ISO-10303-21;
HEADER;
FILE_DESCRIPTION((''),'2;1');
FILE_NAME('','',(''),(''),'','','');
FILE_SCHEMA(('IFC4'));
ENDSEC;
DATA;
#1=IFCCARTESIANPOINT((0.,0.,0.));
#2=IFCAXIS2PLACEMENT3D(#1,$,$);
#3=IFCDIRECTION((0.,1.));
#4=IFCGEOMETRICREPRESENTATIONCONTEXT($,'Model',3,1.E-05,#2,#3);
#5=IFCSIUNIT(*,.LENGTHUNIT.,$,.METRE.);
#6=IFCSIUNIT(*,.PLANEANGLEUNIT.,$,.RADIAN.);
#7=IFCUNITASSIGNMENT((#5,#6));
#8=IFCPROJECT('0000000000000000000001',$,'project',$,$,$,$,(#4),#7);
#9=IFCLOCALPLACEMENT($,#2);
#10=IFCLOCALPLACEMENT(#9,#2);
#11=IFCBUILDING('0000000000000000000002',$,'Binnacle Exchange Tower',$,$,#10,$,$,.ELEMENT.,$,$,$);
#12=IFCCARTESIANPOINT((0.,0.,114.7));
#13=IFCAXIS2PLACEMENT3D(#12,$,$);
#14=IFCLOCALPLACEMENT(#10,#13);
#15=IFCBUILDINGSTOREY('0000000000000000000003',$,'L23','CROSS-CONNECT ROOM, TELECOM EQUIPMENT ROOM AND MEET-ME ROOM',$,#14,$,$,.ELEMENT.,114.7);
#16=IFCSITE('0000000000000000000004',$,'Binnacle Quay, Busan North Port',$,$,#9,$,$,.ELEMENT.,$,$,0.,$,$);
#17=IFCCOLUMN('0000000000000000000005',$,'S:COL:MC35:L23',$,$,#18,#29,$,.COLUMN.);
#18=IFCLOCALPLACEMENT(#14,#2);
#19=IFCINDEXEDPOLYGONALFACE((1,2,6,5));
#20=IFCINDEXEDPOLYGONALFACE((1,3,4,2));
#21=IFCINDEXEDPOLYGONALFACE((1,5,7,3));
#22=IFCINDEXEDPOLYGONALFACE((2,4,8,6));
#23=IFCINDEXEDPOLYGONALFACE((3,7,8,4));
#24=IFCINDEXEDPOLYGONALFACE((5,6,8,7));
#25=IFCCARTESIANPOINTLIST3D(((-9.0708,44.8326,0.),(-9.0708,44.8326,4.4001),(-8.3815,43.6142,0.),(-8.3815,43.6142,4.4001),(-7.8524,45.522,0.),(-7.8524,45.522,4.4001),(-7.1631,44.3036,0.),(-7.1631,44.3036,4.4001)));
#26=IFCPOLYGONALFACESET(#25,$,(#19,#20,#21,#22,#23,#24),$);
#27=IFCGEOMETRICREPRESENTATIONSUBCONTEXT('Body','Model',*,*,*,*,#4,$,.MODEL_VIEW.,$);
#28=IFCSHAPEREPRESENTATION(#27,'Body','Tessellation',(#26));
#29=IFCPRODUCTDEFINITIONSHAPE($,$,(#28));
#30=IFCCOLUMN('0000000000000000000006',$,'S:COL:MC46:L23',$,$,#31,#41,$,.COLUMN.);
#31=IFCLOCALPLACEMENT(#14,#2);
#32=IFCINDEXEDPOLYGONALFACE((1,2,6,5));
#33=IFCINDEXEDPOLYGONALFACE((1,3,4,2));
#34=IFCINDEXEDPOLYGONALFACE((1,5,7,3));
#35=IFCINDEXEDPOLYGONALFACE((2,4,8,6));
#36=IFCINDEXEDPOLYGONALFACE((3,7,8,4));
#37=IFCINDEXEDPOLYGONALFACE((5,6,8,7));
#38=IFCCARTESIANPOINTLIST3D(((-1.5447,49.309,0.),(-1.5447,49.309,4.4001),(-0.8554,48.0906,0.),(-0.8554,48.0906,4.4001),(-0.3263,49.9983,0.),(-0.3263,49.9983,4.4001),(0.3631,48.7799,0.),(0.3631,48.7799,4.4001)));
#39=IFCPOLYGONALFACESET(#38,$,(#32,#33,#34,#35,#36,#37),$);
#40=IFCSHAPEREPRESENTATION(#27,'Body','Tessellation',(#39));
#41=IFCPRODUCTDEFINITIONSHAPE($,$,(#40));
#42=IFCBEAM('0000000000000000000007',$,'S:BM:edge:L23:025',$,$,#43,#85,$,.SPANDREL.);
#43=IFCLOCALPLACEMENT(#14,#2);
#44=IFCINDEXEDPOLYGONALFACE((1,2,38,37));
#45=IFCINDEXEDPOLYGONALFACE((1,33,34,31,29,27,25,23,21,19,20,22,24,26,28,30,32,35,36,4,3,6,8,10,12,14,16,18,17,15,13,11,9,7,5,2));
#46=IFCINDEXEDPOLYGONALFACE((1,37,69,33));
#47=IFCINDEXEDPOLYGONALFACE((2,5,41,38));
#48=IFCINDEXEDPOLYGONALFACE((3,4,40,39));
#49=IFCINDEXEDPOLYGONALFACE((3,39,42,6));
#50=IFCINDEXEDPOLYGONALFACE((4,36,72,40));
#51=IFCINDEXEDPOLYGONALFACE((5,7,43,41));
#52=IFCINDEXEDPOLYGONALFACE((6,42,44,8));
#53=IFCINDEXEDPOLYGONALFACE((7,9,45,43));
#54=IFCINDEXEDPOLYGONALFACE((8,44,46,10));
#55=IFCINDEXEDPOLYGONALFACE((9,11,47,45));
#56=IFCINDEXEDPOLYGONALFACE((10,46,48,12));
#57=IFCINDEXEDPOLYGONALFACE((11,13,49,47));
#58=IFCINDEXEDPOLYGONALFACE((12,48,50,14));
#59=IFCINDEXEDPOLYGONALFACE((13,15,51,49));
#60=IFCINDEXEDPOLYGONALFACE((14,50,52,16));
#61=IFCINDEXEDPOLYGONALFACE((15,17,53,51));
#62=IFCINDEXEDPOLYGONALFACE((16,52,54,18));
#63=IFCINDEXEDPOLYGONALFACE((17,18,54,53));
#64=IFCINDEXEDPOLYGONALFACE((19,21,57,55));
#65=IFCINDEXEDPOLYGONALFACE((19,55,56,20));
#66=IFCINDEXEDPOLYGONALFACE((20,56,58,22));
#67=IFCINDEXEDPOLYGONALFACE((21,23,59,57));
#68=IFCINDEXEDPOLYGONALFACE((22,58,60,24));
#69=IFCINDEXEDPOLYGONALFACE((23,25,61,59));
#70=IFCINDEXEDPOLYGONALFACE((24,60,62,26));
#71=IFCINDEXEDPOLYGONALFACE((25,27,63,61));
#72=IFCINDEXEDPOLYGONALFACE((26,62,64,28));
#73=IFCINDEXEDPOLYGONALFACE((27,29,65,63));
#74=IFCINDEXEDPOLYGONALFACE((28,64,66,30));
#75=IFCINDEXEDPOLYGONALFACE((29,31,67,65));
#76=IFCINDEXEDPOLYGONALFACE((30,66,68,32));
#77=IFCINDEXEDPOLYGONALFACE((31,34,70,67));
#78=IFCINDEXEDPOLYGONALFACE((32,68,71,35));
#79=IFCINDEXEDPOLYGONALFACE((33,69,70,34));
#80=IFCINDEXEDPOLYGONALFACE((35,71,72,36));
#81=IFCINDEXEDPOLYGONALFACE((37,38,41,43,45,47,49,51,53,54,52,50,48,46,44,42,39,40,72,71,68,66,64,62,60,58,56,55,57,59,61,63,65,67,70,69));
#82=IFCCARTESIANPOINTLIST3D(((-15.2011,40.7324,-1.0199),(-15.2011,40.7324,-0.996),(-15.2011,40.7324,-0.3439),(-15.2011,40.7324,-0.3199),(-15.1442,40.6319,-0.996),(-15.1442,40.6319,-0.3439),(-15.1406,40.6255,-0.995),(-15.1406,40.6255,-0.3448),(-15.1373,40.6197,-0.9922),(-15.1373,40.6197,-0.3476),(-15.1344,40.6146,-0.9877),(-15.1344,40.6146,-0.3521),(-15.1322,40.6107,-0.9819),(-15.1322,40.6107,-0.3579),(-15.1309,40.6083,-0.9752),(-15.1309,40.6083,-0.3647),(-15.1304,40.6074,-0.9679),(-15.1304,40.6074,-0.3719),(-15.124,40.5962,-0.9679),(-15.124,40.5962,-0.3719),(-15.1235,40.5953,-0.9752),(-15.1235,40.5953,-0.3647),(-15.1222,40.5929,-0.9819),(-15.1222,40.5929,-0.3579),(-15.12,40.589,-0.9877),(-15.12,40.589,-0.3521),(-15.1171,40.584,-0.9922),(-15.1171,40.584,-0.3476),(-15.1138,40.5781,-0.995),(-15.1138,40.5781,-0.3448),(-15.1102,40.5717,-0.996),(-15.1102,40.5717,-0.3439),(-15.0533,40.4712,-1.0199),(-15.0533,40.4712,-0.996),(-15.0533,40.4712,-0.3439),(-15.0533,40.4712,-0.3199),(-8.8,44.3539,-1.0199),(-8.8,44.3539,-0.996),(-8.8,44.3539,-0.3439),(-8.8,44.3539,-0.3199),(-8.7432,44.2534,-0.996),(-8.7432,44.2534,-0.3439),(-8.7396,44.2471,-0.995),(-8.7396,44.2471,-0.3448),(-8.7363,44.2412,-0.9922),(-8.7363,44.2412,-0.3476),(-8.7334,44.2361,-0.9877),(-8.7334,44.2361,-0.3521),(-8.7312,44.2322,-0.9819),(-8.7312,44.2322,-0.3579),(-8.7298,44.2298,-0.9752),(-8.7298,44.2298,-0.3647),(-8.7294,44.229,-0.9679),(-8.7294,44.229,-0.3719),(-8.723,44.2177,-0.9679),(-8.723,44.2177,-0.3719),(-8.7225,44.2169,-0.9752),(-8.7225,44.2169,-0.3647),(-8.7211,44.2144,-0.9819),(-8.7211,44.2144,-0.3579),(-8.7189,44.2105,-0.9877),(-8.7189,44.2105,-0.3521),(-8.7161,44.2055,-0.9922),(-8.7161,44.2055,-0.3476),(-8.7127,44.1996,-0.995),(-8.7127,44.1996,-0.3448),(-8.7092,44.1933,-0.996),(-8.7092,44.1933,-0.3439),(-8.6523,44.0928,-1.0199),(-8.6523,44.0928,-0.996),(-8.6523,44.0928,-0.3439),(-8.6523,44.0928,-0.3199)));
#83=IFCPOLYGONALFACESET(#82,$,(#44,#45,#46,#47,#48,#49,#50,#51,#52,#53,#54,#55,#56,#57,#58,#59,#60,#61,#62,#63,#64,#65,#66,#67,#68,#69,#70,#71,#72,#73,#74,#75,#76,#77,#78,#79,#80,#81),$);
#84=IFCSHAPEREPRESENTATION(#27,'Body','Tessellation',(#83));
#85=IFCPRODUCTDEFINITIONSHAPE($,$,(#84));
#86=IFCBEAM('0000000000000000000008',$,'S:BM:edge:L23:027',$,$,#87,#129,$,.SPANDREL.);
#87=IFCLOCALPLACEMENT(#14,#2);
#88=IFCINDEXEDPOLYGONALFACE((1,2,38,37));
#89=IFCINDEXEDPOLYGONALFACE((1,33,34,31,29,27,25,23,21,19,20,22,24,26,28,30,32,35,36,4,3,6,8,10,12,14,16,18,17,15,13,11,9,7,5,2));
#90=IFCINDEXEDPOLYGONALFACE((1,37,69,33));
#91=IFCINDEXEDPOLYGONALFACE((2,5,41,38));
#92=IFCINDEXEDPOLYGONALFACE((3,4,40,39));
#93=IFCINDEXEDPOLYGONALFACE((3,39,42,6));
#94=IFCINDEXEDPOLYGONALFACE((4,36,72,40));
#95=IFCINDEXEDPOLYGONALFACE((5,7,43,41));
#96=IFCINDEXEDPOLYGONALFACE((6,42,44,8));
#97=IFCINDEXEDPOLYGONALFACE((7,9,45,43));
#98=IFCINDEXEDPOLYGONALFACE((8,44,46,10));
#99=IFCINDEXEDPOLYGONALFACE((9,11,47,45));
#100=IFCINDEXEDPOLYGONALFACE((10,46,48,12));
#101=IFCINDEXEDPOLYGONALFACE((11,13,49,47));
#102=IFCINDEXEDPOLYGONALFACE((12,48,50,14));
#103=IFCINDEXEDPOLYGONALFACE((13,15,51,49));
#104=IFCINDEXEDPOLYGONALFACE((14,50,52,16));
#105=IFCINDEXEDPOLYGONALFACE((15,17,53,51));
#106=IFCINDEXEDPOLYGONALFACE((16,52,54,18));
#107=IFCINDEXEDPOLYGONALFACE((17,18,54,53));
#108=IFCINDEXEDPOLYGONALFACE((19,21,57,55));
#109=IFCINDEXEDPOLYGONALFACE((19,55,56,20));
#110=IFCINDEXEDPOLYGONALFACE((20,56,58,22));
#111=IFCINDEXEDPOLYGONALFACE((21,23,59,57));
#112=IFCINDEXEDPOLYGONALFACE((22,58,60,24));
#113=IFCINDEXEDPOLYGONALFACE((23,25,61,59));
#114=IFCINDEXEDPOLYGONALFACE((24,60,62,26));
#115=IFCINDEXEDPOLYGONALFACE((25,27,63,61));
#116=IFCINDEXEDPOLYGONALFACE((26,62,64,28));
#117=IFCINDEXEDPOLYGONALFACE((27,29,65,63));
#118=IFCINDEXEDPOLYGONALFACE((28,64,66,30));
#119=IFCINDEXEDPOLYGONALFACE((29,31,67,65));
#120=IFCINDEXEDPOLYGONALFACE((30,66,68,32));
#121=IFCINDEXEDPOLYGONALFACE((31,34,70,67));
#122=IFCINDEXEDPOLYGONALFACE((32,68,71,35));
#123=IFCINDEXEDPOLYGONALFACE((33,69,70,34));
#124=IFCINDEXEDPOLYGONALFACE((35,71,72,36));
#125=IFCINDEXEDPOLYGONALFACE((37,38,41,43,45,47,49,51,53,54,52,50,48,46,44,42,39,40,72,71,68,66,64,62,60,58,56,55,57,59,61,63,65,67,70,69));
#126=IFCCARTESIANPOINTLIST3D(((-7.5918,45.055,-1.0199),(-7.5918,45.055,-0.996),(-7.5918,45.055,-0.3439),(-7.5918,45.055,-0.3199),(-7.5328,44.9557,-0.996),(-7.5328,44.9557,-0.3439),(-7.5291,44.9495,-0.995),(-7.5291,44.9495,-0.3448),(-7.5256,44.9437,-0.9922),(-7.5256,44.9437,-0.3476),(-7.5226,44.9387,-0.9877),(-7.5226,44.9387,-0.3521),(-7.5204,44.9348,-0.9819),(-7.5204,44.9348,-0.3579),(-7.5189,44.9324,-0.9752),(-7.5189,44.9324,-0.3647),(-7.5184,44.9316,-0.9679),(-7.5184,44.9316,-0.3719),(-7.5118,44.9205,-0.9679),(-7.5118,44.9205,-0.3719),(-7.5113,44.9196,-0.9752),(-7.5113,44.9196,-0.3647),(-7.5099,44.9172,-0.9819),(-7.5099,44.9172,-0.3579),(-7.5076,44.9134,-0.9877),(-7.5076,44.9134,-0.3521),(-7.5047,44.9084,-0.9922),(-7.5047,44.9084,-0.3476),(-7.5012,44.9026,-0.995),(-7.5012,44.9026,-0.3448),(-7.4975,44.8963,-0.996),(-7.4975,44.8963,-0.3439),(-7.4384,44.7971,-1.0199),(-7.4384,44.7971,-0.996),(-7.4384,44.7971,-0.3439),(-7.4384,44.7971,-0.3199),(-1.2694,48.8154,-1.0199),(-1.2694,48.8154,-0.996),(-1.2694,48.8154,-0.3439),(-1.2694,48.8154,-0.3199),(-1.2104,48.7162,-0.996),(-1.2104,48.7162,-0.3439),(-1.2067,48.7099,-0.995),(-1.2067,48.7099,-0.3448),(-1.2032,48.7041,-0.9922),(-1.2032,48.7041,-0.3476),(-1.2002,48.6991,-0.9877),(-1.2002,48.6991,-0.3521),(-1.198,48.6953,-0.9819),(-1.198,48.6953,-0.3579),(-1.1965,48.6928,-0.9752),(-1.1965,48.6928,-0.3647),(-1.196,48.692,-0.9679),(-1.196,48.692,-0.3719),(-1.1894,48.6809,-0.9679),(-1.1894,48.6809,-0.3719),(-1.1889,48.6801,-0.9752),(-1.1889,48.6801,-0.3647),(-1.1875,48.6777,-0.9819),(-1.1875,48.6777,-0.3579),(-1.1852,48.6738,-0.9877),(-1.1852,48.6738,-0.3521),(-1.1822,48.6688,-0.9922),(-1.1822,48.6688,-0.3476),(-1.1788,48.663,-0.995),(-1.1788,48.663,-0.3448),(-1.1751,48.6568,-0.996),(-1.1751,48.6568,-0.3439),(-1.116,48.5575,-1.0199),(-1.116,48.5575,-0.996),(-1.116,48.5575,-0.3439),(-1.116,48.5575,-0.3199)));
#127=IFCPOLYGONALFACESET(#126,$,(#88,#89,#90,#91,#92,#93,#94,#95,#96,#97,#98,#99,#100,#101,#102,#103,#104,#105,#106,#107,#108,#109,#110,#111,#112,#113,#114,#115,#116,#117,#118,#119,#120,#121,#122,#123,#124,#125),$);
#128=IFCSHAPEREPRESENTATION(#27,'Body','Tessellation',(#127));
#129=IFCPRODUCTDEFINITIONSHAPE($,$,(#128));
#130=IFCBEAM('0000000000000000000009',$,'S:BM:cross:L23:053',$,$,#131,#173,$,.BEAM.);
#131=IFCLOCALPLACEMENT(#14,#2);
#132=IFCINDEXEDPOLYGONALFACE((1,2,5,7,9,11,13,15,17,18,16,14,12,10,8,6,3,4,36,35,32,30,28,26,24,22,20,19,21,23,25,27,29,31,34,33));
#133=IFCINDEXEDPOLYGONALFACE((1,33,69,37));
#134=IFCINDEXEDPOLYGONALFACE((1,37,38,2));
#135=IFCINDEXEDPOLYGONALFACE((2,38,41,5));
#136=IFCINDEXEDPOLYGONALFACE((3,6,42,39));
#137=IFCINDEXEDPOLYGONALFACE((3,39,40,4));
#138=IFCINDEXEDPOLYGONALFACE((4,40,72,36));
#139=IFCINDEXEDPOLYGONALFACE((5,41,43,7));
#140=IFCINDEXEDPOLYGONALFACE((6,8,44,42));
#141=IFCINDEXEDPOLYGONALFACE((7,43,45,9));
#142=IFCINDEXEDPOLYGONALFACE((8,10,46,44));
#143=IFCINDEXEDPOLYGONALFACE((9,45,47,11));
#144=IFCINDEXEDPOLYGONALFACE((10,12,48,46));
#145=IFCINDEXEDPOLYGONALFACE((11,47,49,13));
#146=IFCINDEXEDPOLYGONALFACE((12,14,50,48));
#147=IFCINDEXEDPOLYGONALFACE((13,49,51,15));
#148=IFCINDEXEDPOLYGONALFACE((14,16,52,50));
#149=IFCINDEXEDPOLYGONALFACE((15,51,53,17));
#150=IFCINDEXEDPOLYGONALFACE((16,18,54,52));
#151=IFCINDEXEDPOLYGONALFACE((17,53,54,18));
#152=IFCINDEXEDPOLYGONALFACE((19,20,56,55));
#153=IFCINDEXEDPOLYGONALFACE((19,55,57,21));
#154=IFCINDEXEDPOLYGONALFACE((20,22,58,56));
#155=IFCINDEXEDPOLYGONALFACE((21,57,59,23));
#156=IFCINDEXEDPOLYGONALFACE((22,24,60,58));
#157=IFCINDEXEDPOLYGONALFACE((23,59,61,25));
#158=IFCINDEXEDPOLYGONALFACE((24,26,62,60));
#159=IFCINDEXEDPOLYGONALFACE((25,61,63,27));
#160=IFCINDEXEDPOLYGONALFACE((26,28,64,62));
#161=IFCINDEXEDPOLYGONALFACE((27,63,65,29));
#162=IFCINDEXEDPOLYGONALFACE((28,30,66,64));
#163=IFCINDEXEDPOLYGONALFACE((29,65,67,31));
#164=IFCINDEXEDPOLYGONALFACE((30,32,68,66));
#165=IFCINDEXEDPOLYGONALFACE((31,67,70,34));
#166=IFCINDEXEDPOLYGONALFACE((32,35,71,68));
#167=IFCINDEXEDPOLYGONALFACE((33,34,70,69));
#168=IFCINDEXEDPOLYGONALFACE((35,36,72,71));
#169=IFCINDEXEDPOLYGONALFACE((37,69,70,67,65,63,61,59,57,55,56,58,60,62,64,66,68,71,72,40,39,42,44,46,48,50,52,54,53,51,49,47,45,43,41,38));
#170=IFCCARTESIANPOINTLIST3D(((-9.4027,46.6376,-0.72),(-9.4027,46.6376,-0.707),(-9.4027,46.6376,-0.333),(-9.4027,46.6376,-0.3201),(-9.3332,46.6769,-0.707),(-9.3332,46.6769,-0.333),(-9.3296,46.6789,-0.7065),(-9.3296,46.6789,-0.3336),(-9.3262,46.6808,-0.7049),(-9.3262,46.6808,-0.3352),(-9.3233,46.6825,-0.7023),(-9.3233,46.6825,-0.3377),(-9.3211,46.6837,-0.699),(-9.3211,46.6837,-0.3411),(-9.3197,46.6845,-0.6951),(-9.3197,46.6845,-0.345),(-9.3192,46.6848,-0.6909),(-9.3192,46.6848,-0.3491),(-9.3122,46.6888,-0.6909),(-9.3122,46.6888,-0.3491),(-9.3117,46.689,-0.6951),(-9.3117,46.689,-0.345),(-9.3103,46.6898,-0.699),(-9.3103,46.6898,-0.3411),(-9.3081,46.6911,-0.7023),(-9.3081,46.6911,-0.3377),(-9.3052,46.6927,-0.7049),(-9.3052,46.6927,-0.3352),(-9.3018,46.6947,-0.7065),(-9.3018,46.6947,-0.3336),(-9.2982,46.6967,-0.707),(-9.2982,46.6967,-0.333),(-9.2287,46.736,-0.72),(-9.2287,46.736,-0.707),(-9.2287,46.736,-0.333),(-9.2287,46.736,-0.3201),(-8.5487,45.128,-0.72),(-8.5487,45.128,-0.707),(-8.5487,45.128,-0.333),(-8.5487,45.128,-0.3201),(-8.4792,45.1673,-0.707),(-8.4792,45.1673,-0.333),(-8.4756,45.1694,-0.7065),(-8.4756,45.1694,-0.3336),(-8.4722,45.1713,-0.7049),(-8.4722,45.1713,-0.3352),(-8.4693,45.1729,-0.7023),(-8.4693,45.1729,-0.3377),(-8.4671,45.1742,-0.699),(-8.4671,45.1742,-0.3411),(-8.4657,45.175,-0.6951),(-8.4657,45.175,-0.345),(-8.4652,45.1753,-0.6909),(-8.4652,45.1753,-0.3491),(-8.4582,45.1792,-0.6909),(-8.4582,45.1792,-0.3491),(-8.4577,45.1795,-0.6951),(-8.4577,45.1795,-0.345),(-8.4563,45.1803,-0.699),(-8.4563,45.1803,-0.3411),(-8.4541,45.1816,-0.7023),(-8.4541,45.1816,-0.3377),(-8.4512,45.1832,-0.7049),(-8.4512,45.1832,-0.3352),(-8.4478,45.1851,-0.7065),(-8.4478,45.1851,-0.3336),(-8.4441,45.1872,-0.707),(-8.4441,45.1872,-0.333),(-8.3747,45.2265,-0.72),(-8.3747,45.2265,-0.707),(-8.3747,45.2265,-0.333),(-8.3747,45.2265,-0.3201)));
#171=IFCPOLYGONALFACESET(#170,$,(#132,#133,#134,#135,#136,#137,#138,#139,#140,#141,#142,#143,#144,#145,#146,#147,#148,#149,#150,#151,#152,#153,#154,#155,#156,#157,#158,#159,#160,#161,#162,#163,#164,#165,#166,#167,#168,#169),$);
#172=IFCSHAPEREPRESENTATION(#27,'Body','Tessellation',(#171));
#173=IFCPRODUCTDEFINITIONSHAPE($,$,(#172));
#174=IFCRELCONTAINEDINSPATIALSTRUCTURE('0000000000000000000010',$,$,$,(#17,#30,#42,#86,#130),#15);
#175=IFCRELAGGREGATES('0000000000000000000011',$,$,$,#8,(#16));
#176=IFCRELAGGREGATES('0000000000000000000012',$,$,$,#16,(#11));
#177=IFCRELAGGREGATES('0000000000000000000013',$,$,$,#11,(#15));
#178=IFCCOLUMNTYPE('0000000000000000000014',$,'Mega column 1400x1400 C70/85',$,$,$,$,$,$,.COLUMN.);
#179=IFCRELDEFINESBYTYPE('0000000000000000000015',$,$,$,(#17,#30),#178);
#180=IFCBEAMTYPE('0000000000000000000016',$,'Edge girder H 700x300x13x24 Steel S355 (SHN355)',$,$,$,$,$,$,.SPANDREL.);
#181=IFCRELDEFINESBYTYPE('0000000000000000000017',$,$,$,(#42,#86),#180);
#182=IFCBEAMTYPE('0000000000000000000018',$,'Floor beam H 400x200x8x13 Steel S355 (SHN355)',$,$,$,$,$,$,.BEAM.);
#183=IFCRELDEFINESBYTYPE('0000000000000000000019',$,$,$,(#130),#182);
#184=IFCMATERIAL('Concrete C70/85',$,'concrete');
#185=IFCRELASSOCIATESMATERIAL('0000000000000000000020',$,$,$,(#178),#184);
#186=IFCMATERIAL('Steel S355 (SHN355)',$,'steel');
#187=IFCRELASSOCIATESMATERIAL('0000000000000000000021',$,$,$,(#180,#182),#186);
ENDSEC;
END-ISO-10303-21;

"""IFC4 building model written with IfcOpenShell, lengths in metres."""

from ifc_helpers import new_model, si_unit, direction, frame, origin, origin_2d, place, context, subcontext, project, spatial, rectangle, i_section, extrude, material, material_profile, profile_set, type_object, element, save


model = new_model("IFC4")

# Units and contexts
model_context = context("Model", 3, precision=1e-05, world=origin(), true_north=direction((0.0, 1.0)))
body_context = subcontext(model_context, "Body", "Model", "MODEL_VIEW")
ifc_project = project(units=[si_unit("LENGTHUNIT", "METRE"), si_unit("PLANEANGLEUNIT", "RADIAN")], contexts=[model_context])

# Site, building, storey
site_placement = place(None, origin())
site = spatial("IfcSite", under=ifc_project, at=site_placement, Name="Binnacle Quay, Busan North Port", CompositionType="ELEMENT", RefElevation=0.0)
building_placement = place(site_placement, origin())
building = spatial("IfcBuilding", under=site, at=building_placement, Name="Binnacle Exchange Tower", CompositionType="ELEMENT")
storey_placement = place(building_placement, frame((0.0, 0.0, 114.7)))
storey = spatial("IfcBuildingStorey", under=building, at=storey_placement, Name="L23", Description="CROSS-CONNECT ROOM, TELECOM EQUIPMENT ROOM AND MEET-ME ROOM", CompositionType="ELEMENT", Elevation=114.7)

# Columns
ifc_material_1 = material(Name="Concrete C70/85", Category="concrete")
ifc_material_profile_1 = material_profile(ifc_material_1, rectangle(XDim=1.3999, YDim=1.3999, at=origin_2d()), Name="Mega column 1400x1400 C70/85")
ifc_profile_set_1 = profile_set([ifc_material_profile_1], Name="Concrete C70/85")
column_type = type_object("IfcColumnType", Name="Mega column 1400x1400 C70/85", PredefinedType="COLUMN", material=ifc_profile_set_1)
for number, where, z_axis, x_axis, name in (
    (1, (-8.1169, 44.5681, 0.0), (0.0, 0.0, 1.0), (0.870356, 0.492424, 0.0), "S:COL:MC35:L23"),
    (2, (-0.5908, 49.0444, 0.0), (0.0, 0.0, 1.0), (0.870356, 0.492424, 0.0), "S:COL:MC46:L23"),
):
    element("IfcColumn", number, at=place(storey_placement, frame(where, z_axis=z_axis, x_axis=x_axis)), inside=storey, type_object=column_type, Name=name, PredefinedType="COLUMN", context=body_context, shape_type="SweptSolid", body=[
        extrude(rectangle(XDim=1.3999, YDim=1.3999, at=origin_2d()), origin(), (0.0, 0.0, 1.0), 4.4001),
    ])

# Beams
ifc_material_2 = material(Name="Steel S355 (SHN355)", Category="steel")
ifc_material_profile_2 = material_profile(ifc_material_2, i_section(OverallWidth=0.3, OverallDepth=0.7, WebThickness=0.0129, FlangeThickness=0.0239, FilletRadius=0.0281, at=origin_2d()), Name="H 700x300x13x24")
ifc_profile_set_2 = profile_set([ifc_material_profile_2], Name="Steel S355 (SHN355)")
beam_type_1 = type_object("IfcBeamType", Name="Edge girder H 700x300x13x24 Steel S355 (SHN355)", PredefinedType="SPANDREL", material=ifc_profile_set_2)
beam_1_placement = place(storey_placement, frame((-15.1272, 40.6018, -0.6699), z_axis=(0.870356, 0.492424, 0.0), x_axis=(-0.492424, 0.870356, 0.0)))
element("IfcBeam", 3, at=beam_1_placement, inside=storey, type_object=beam_type_1, Name="S:BM:edge:L23:025", PredefinedType="SPANDREL", context=body_context, shape_type="SweptSolid", body=[
    extrude(i_section(OverallWidth=0.3, OverallDepth=0.7, WebThickness=0.0129, FlangeThickness=0.0239, FilletRadius=0.0281, at=origin_2d()), origin(), (0.0, 0.0, 1.0), 7.3545),
])
beam_2_placement = place(storey_placement, frame((-7.5151, 44.926, -0.6699), z_axis=(0.859466, 0.511193, 0.0), x_axis=(-0.511193, 0.859466, 0.0)))
element("IfcBeam", 4, at=beam_2_placement, inside=storey, type_object=beam_type_1, Name="S:BM:edge:L23:027", PredefinedType="SPANDREL", context=body_context, shape_type="SweptSolid", body=[
    extrude(i_section(OverallWidth=0.3, OverallDepth=0.7, WebThickness=0.0129, FlangeThickness=0.0239, FilletRadius=0.0281, at=origin_2d()), origin(), (0.0, 0.0, 1.0), 7.3562),
])
ifc_material_profile_3 = material_profile(ifc_material_2, i_section(OverallWidth=0.2, OverallDepth=0.3999, WebThickness=0.0081, FlangeThickness=0.0129, FilletRadius=0.0161, at=origin_2d()), Name="H 400x200x8x13")
ifc_profile_set_3 = profile_set([ifc_material_profile_3], Name="Steel S355 (SHN355)")
beam_type_2 = type_object("IfcBeamType", Name="Floor beam H 400x200x8x13 Steel S355 (SHN355)", PredefinedType="BEAM", material=ifc_profile_set_3)
beam_3_placement = place(storey_placement, frame((-8.4617, 45.1772, -0.52), z_axis=(-0.492405, 0.870366, 0.0), x_axis=(-0.870366, -0.492405, 0.0)))
element("IfcBeam", 5, at=beam_3_placement, inside=storey, type_object=beam_type_2, Name="S:BM:cross:L23:053", PredefinedType="BEAM", context=body_context, shape_type="SweptSolid", body=[
    extrude(i_section(OverallWidth=0.2, OverallDepth=0.3999, WebThickness=0.0081, FlangeThickness=0.0129, FilletRadius=0.0161, at=origin_2d()), origin(), (0.0, 0.0, 1.0), 1.7344),
])

save(model, "model.ifc")
